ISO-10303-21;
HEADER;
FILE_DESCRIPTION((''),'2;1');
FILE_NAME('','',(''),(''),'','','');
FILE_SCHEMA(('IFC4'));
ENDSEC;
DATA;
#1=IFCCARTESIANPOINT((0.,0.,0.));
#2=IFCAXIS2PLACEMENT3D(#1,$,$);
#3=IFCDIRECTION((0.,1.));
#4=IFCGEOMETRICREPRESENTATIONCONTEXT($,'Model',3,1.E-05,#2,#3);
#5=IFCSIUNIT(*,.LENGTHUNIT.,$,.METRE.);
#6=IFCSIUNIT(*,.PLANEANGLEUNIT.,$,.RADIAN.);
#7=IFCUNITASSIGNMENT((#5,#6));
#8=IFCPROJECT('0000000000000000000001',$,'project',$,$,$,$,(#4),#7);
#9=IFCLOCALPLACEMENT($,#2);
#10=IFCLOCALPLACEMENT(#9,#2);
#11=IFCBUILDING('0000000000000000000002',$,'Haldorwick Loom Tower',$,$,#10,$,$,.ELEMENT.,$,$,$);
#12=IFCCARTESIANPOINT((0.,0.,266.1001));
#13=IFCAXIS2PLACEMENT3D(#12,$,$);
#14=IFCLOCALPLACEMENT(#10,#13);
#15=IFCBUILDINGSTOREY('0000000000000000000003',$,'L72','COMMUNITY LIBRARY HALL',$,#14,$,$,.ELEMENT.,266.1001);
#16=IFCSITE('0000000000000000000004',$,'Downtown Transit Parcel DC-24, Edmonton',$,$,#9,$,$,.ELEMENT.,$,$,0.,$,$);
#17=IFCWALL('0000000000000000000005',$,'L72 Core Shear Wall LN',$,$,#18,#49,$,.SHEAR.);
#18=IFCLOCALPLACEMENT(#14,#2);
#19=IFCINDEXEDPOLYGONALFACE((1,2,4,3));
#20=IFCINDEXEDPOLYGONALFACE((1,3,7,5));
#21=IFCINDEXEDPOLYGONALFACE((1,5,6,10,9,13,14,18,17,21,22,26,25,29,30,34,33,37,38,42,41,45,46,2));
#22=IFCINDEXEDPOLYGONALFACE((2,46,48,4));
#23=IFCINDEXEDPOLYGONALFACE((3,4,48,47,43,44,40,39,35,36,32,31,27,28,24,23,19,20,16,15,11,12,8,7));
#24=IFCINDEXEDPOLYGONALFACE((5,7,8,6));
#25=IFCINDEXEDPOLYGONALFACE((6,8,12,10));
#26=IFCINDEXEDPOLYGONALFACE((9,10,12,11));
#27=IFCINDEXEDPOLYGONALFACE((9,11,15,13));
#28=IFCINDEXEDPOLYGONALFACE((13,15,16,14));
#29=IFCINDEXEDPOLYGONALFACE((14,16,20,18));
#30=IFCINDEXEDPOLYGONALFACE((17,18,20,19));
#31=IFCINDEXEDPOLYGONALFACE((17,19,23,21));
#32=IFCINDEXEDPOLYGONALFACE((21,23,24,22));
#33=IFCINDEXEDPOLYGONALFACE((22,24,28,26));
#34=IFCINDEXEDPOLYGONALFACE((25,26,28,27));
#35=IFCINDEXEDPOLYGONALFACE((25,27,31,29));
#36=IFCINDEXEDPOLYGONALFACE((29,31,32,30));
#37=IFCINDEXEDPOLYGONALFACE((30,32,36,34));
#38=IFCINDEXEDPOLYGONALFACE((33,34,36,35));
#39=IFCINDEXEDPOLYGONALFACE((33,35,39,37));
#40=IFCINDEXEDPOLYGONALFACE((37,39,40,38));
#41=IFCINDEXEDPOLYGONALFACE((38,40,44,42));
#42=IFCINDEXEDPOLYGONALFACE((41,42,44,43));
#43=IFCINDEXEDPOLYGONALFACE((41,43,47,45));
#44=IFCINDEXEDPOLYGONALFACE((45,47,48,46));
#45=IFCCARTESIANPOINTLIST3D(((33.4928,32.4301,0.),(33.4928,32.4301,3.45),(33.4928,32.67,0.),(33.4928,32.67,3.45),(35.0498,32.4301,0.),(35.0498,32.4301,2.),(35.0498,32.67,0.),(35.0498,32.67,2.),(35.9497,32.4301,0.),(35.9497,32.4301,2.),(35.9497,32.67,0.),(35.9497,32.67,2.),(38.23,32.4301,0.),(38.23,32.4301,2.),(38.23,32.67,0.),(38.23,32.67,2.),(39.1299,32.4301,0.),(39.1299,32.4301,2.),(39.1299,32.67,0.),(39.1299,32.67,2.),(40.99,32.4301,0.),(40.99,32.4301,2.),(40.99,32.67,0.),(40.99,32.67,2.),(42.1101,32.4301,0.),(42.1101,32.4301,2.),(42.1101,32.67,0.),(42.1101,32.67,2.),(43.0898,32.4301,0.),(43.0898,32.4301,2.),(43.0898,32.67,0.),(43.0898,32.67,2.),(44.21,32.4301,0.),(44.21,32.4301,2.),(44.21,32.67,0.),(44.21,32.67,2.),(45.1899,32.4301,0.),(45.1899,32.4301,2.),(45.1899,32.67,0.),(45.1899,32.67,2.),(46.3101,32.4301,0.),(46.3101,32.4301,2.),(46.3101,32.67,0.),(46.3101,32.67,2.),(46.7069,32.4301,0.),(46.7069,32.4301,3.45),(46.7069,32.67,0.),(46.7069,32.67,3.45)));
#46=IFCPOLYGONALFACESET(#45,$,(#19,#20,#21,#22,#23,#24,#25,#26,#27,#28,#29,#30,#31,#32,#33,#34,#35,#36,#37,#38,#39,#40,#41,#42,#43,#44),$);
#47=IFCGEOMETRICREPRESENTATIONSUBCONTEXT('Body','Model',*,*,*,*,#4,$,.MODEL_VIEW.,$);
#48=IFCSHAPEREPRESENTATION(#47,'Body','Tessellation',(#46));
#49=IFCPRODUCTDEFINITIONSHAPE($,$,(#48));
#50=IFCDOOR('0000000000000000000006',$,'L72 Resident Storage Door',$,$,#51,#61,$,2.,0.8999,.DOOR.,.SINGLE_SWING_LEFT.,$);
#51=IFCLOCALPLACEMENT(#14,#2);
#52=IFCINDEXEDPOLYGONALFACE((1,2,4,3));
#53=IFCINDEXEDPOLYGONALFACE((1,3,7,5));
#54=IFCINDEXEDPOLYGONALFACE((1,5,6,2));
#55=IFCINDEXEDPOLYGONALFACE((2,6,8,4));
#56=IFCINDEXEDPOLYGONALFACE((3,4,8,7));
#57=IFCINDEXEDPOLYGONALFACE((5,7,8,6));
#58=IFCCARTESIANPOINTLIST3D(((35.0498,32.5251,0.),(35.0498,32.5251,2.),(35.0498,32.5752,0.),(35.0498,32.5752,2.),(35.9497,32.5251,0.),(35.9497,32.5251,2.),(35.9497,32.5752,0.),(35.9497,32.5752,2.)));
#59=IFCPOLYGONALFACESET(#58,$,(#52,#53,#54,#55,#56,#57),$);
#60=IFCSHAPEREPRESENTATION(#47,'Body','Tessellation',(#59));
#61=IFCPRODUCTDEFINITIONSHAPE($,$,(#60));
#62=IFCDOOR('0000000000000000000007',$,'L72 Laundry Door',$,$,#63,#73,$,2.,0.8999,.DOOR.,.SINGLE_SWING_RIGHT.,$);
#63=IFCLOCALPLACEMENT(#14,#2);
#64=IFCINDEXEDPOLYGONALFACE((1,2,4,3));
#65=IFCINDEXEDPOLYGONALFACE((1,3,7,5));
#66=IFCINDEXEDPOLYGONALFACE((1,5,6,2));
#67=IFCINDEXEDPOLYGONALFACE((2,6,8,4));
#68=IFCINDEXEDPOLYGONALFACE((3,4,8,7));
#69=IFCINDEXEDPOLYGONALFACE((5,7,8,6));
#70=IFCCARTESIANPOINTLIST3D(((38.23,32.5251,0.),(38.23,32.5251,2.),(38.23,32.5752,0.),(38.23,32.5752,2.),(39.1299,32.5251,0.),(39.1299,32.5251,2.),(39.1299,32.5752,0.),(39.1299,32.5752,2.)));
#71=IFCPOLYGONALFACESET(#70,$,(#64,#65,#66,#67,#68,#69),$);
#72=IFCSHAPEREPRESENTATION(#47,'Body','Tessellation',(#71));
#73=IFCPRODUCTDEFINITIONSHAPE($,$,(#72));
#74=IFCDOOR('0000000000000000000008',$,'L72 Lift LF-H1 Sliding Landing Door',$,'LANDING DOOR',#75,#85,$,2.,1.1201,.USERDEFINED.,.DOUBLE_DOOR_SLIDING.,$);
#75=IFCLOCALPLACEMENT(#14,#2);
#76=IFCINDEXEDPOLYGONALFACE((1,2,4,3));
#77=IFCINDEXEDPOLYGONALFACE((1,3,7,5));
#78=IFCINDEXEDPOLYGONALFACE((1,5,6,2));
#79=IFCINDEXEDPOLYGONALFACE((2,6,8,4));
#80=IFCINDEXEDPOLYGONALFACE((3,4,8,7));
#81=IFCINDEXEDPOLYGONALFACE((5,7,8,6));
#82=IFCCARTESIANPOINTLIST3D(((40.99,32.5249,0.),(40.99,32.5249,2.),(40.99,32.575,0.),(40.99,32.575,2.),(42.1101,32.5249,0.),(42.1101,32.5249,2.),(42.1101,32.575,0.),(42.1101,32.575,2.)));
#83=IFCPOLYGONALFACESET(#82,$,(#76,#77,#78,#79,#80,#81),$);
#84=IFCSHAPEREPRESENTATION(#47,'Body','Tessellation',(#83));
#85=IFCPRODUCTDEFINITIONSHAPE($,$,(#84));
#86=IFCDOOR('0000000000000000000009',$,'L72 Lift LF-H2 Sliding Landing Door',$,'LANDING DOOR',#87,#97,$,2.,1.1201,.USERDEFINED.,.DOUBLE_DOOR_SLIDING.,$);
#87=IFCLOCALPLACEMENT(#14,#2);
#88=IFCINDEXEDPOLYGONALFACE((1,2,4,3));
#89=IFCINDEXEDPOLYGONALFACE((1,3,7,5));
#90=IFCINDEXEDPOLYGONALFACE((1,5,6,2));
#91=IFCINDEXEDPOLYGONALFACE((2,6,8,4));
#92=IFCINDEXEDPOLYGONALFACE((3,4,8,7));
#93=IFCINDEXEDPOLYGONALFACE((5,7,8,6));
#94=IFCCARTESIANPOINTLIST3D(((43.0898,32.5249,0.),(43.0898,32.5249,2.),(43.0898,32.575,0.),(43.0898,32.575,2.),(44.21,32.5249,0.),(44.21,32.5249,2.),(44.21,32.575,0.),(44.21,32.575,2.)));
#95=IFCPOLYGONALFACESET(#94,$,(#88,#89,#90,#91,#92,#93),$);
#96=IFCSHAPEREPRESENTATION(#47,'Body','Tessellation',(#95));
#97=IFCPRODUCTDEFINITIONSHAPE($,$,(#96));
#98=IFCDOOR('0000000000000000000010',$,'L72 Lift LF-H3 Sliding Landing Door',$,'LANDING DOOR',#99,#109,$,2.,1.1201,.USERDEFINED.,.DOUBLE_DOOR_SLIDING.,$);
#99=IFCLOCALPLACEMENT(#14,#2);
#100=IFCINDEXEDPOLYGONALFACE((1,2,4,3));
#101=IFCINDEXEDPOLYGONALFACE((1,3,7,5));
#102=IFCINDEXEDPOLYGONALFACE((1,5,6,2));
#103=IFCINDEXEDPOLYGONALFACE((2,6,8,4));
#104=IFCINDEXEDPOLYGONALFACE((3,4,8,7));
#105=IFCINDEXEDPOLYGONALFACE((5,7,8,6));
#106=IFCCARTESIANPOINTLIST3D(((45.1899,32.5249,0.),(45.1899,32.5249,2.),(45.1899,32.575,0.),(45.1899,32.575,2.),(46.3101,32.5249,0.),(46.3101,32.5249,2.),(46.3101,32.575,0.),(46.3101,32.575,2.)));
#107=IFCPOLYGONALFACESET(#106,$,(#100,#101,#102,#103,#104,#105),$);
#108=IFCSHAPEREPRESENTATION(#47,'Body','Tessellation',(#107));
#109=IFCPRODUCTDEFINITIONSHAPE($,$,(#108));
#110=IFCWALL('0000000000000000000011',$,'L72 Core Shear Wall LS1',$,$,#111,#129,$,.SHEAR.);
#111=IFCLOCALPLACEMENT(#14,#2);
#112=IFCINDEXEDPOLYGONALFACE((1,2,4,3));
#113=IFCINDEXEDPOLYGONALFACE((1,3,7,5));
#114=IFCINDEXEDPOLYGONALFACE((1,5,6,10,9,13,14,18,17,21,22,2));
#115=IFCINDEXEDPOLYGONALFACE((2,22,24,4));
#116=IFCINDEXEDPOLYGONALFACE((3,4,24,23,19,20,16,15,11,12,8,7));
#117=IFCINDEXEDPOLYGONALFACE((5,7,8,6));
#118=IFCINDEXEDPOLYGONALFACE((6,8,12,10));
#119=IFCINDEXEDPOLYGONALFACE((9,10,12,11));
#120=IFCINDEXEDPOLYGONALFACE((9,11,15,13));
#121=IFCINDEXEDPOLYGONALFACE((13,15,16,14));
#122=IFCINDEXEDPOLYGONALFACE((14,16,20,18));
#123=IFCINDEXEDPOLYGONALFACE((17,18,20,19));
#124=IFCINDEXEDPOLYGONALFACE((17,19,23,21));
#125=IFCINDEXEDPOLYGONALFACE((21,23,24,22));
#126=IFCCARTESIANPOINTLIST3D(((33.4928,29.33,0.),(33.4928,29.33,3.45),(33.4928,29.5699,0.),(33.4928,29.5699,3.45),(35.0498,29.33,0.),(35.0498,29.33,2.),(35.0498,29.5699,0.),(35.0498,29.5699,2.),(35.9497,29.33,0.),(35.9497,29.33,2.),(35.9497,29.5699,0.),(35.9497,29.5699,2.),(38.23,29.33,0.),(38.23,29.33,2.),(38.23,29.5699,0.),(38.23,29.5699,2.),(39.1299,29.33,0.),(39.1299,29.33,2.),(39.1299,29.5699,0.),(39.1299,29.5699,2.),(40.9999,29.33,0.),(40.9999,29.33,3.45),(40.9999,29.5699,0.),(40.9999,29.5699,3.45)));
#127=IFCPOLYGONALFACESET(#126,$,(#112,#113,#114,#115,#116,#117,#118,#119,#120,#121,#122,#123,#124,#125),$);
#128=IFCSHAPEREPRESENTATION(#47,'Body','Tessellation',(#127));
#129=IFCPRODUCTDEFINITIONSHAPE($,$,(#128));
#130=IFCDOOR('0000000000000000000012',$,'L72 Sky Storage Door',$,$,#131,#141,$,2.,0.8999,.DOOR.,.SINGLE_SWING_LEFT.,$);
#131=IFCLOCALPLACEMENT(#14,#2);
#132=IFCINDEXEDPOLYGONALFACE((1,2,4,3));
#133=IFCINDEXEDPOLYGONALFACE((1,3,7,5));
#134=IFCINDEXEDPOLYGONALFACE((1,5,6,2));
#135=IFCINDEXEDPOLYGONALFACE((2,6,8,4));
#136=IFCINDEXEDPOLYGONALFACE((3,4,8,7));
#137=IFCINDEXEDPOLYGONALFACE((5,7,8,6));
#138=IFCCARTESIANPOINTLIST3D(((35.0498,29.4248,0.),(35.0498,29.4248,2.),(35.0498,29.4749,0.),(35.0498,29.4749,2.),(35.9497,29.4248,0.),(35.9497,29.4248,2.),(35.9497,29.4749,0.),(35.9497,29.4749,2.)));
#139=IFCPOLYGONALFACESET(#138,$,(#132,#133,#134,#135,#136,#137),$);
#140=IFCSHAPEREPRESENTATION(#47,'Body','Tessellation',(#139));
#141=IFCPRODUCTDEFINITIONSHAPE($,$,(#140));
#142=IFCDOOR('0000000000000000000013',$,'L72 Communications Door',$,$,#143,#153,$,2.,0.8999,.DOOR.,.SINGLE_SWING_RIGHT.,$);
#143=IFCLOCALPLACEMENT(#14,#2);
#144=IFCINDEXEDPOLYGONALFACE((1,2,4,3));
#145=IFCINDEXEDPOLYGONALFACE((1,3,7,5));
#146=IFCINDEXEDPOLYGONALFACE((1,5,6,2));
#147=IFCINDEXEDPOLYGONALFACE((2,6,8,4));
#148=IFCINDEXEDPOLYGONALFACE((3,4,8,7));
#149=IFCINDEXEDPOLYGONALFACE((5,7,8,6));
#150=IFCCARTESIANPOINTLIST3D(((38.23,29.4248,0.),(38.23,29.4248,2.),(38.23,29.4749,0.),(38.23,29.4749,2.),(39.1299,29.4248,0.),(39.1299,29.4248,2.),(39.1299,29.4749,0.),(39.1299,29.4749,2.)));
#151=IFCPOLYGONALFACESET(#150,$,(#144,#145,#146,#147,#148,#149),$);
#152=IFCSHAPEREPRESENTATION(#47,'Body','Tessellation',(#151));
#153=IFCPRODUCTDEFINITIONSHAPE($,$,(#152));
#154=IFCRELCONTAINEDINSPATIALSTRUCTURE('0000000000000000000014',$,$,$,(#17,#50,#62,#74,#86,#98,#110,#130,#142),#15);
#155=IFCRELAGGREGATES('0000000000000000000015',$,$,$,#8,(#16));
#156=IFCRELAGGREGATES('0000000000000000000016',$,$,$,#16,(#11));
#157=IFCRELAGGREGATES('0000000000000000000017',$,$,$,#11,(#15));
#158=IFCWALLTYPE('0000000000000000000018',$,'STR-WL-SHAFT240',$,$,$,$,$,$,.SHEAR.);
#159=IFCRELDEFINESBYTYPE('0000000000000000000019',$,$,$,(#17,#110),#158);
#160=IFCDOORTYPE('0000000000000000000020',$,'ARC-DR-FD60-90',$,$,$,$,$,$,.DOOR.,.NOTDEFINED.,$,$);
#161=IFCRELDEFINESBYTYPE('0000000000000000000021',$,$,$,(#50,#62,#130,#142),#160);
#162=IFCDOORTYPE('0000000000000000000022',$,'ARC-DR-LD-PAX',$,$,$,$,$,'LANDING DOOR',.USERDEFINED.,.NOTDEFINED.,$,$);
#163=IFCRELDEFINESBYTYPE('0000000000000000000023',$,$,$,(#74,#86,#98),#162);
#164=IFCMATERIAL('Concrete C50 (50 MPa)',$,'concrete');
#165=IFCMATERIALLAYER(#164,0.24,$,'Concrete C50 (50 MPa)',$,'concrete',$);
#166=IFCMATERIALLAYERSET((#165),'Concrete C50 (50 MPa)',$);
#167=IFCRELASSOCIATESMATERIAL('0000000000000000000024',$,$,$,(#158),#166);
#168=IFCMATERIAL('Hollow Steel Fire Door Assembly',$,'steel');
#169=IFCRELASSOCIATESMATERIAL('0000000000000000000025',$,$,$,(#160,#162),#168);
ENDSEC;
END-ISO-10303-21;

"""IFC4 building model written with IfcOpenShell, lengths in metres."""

from ifc_helpers import new_model, si_unit, direction, frame, frame_2d, origin, place, context, subcontext, project, spatial, rectangle, extrude, material, layer, layer_set, type_object, element, fill, save


model = new_model("IFC4")

# Units and contexts
model_context = context("Model", 3, precision=1e-05, world=origin(), true_north=direction((0.0, 1.0)))
body_context = subcontext(model_context, "Body", "Model", "MODEL_VIEW")
ifc_project = project(units=[si_unit("LENGTHUNIT", "METRE"), si_unit("PLANEANGLEUNIT", "RADIAN")], contexts=[model_context])

# Site, building, storey
site_placement = place(None, origin())
site = spatial("IfcSite", under=ifc_project, at=site_placement, Name="Downtown Transit Parcel DC-24, Edmonton", CompositionType="ELEMENT", RefElevation=0.0)
building_placement = place(site_placement, origin())
building = spatial("IfcBuilding", under=site, at=building_placement, Name="Haldorwick Loom Tower", CompositionType="ELEMENT")
storey_placement = place(building_placement, frame((0.0, 0.0, 266.1001)))
storey = spatial("IfcBuildingStorey", under=building, at=storey_placement, Name="L72", Description="COMMUNITY LIBRARY HALL", CompositionType="ELEMENT", Elevation=266.1001)

# Shared definitions
ifc_material_1 = material(Name="Concrete C50 (50 MPa)", Category="concrete")
ifc_layer_1 = layer(ifc_material_1, 0.24, Name="Concrete C50 (50 MPa)", Category="concrete")
ifc_layer_set_1 = layer_set([ifc_layer_1], Name="Concrete C50 (50 MPa)")
wall_type_1 = type_object("IfcWallType", Name="STR-WL-SHAFT240", PredefinedType="SHEAR", material=ifc_layer_set_1)

# Shared definitions
ifc_material_2 = material(Name="Hollow Steel Fire Door Assembly", Category="steel")

# Walls, openings, doors
wall_1_placement = place(storey_placement, frame((33.4929, 32.55, 0.0), z_axis=(0.0, 0.0, 1.0), x_axis=(1.0, 0.0, 0.0)))
wall_1 = element("IfcWall", 1, at=wall_1_placement, inside=storey, type_object=wall_type_1, Name="L72 Core Shear Wall LN", PredefinedType="SHEAR", context=body_context, shape_type="SweptSolid", body=[
    extrude(rectangle(XDim=13.2141, YDim=0.24, at=frame_2d((6.6069, 0.0))), origin(), (0.0, 0.0, 1.0), 3.45),
])
opening_1_placement = place(wall_1_placement, frame((1.5569, 0.0, 0.0)))
opening_1 = element("IfcOpeningElement", 2, at=opening_1_placement, cuts=wall_1, PredefinedType="OPENING", context=body_context, shape_type="SweptSolid", body=[
    extrude(rectangle(XDim=0.8999, YDim=2.0, at=frame_2d((0.45, 1.0))), frame((0.0, 0.1299, 0.0), z_axis=(0.0, -1.0, 0.0), x_axis=(1.0, 0.0, 0.0)), (0.0, 0.0, 1.0), 0.26),
])
opening_2_placement = place(wall_1_placement, frame((4.7371, 0.0, 0.0)))
opening_2 = element("IfcOpeningElement", 3, at=opening_2_placement, cuts=wall_1, PredefinedType="OPENING", context=body_context, shape_type="SweptSolid", body=[
    extrude(rectangle(XDim=0.8999, YDim=2.0, at=frame_2d((0.45, 1.0))), frame((0.0, 0.1299, 0.0), z_axis=(0.0, -1.0, 0.0), x_axis=(1.0, 0.0, 0.0)), (0.0, 0.0, 1.0), 0.26),
])
opening_3_placement = place(wall_1_placement, frame((7.4971, 0.0, 0.0)))
opening_3 = element("IfcOpeningElement", 4, at=opening_3_placement, cuts=wall_1, PredefinedType="OPENING", context=body_context, shape_type="SweptSolid", body=[
    extrude(rectangle(XDim=1.1201, YDim=2.0, at=frame_2d((0.5601, 1.0))), frame((0.0, 0.1299, 0.0), z_axis=(0.0, -1.0, 0.0), x_axis=(1.0, 0.0, 0.0)), (0.0, 0.0, 1.0), 0.26),
])
opening_4_placement = place(wall_1_placement, frame((9.5969, 0.0, 0.0)))
opening_4 = element("IfcOpeningElement", 5, at=opening_4_placement, cuts=wall_1, PredefinedType="OPENING", context=body_context, shape_type="SweptSolid", body=[
    extrude(rectangle(XDim=1.1201, YDim=2.0, at=frame_2d((0.5601, 1.0))), frame((0.0, 0.1299, 0.0), z_axis=(0.0, -1.0, 0.0), x_axis=(1.0, 0.0, 0.0)), (0.0, 0.0, 1.0), 0.26),
])
opening_5_placement = place(wall_1_placement, frame((11.697, 0.0, 0.0)))
opening_5 = element("IfcOpeningElement", 6, at=opening_5_placement, cuts=wall_1, PredefinedType="OPENING", context=body_context, shape_type="SweptSolid", body=[
    extrude(rectangle(XDim=1.1201, YDim=2.0, at=frame_2d((0.5601, 1.0))), frame((0.0, 0.1299, 0.0), z_axis=(0.0, -1.0, 0.0), x_axis=(1.0, 0.0, 0.0)), (0.0, 0.0, 1.0), 0.26),
])
door_type_1 = type_object("IfcDoorType", Name="ARC-DR-FD60-90", OperationType="NOTDEFINED", PredefinedType="DOOR", material=ifc_material_2)
door_1_placement = place(opening_1_placement, frame((0.8999, 0.0, 0.0), z_axis=(0.0, 0.0, 1.0), x_axis=(-1.0, 0.0, 0.0)))
door_1 = element("IfcDoor", 7, at=door_1_placement, inside=storey, type_object=door_type_1, Name="L72 Resident Storage Door", OperationType="SINGLE_SWING_LEFT", OverallHeight=2.0, OverallWidth=0.8999, PredefinedType="DOOR", context=body_context, shape_type="SweptSolid", body=[
    extrude(rectangle(XDim=0.8999, YDim=2.0, at=frame_2d((0.45, 1.0))), frame((0.0, 0.0249, 0.0), z_axis=(0.0, -1.0, 0.0), x_axis=(1.0, 0.0, 0.0)), (0.0, 0.0, 1.0), 0.05),
])
fill(opening_1, door_1)
door_2_placement = place(opening_2_placement, frame((0.8999, 0.0, 0.0), z_axis=(0.0, 0.0, 1.0), x_axis=(-1.0, 0.0, 0.0)))
door_2 = element("IfcDoor", 8, at=door_2_placement, inside=storey, type_object=door_type_1, Name="L72 Laundry Door", OperationType="SINGLE_SWING_RIGHT", OverallHeight=2.0, OverallWidth=0.8999, PredefinedType="DOOR", context=body_context, shape_type="SweptSolid", body=[
    extrude(rectangle(XDim=0.8999, YDim=2.0, at=frame_2d((0.45, 1.0))), frame((0.0, 0.0249, 0.0), z_axis=(0.0, -1.0, 0.0), x_axis=(1.0, 0.0, 0.0)), (0.0, 0.0, 1.0), 0.05),
])
fill(opening_2, door_2)
door_type_2 = type_object("IfcDoorType", Name="ARC-DR-LD-PAX", ElementType="LANDING DOOR", OperationType="NOTDEFINED", PredefinedType="USERDEFINED", material=ifc_material_2)
door_3_placement = place(opening_3_placement, origin())
door_3 = element("IfcDoor", 9, at=door_3_placement, inside=storey, type_object=door_type_2, Name="L72 Lift LF-H1 Sliding Landing Door", ObjectType="LANDING DOOR", OperationType="DOUBLE_DOOR_SLIDING", OverallHeight=2.0, OverallWidth=1.1201, PredefinedType="USERDEFINED", context=body_context, shape_type="SweptSolid", body=[
    extrude(rectangle(XDim=1.1201, YDim=2.0, at=frame_2d((0.5601, 1.0))), frame((0.0, 0.0249, 0.0), z_axis=(0.0, -1.0, 0.0), x_axis=(1.0, 0.0, 0.0)), (0.0, 0.0, 1.0), 0.05),
])
fill(opening_3, door_3)
door_4_placement = place(opening_4_placement, origin())
door_4 = element("IfcDoor", 10, at=door_4_placement, inside=storey, type_object=door_type_2, Name="L72 Lift LF-H2 Sliding Landing Door", ObjectType="LANDING DOOR", OperationType="DOUBLE_DOOR_SLIDING", OverallHeight=2.0, OverallWidth=1.1201, PredefinedType="USERDEFINED", context=body_context, shape_type="SweptSolid", body=[
    extrude(rectangle(XDim=1.1201, YDim=2.0, at=frame_2d((0.5601, 1.0))), frame((0.0, 0.0249, 0.0), z_axis=(0.0, -1.0, 0.0), x_axis=(1.0, 0.0, 0.0)), (0.0, 0.0, 1.0), 0.05),
])
fill(opening_4, door_4)
door_5_placement = place(opening_5_placement, origin())
door_5 = element("IfcDoor", 11, at=door_5_placement, inside=storey, type_object=door_type_2, Name="L72 Lift LF-H3 Sliding Landing Door", ObjectType="LANDING DOOR", OperationType="DOUBLE_DOOR_SLIDING", OverallHeight=2.0, OverallWidth=1.1201, PredefinedType="USERDEFINED", context=body_context, shape_type="SweptSolid", body=[
    extrude(rectangle(XDim=1.1201, YDim=2.0, at=frame_2d((0.5601, 1.0))), frame((0.0, 0.0249, 0.0), z_axis=(0.0, -1.0, 0.0), x_axis=(1.0, 0.0, 0.0)), (0.0, 0.0, 1.0), 0.05),
])
fill(opening_5, door_5)
wall_2_placement = place(storey_placement, frame((33.4929, 29.45, 0.0), z_axis=(0.0, 0.0, 1.0), x_axis=(1.0, 0.0, 0.0)))
wall_2 = element("IfcWall", 12, at=wall_2_placement, inside=storey, type_object=wall_type_1, Name="L72 Core Shear Wall LS1", PredefinedType="SHEAR", context=body_context, shape_type="SweptSolid", body=[
    extrude(rectangle(XDim=7.5071, YDim=0.24, at=frame_2d((3.7534, 0.0))), origin(), (0.0, 0.0, 1.0), 3.45),
])
opening_6_placement = place(wall_2_placement, frame((1.5569, 0.0, 0.0)))
opening_6 = element("IfcOpeningElement", 13, at=opening_6_placement, cuts=wall_2, PredefinedType="OPENING", context=body_context, shape_type="SweptSolid", body=[
    extrude(rectangle(XDim=0.8999, YDim=2.0, at=frame_2d((0.45, 1.0))), frame((0.0, 0.1299, 0.0), z_axis=(0.0, -1.0, 0.0), x_axis=(1.0, 0.0, 0.0)), (0.0, 0.0, 1.0), 0.26),
])
opening_7_placement = place(wall_2_placement, frame((4.7371, 0.0, 0.0)))
opening_7 = element("IfcOpeningElement", 14, at=opening_7_placement, cuts=wall_2, PredefinedType="OPENING", context=body_context, shape_type="SweptSolid", body=[
    extrude(rectangle(XDim=0.8999, YDim=2.0, at=frame_2d((0.45, 1.0))), frame((0.0, 0.1299, 0.0), z_axis=(0.0, -1.0, 0.0), x_axis=(1.0, 0.0, 0.0)), (0.0, 0.0, 1.0), 0.26),
])
door_6_placement = place(opening_6_placement, origin())
door_6 = element("IfcDoor", 15, at=door_6_placement, inside=storey, type_object=door_type_1, Name="L72 Sky Storage Door", OperationType="SINGLE_SWING_LEFT", OverallHeight=2.0, OverallWidth=0.8999, PredefinedType="DOOR", context=body_context, shape_type="SweptSolid", body=[
    extrude(rectangle(XDim=0.8999, YDim=2.0, at=frame_2d((0.45, 1.0))), frame((0.0, 0.0249, 0.0), z_axis=(0.0, -1.0, 0.0), x_axis=(1.0, 0.0, 0.0)), (0.0, 0.0, 1.0), 0.05),
])
fill(opening_6, door_6)
door_7_placement = place(opening_7_placement, origin())
door_7 = element("IfcDoor", 16, at=door_7_placement, inside=storey, type_object=door_type_1, Name="L72 Communications Door", OperationType="SINGLE_SWING_RIGHT", OverallHeight=2.0, OverallWidth=0.8999, PredefinedType="DOOR", context=body_context, shape_type="SweptSolid", body=[
    extrude(rectangle(XDim=0.8999, YDim=2.0, at=frame_2d((0.45, 1.0))), frame((0.0, 0.0249, 0.0), z_axis=(0.0, -1.0, 0.0), x_axis=(1.0, 0.0, 0.0)), (0.0, 0.0, 1.0), 0.05),
])
fill(opening_7, door_7)

save(model, "model.ifc")
